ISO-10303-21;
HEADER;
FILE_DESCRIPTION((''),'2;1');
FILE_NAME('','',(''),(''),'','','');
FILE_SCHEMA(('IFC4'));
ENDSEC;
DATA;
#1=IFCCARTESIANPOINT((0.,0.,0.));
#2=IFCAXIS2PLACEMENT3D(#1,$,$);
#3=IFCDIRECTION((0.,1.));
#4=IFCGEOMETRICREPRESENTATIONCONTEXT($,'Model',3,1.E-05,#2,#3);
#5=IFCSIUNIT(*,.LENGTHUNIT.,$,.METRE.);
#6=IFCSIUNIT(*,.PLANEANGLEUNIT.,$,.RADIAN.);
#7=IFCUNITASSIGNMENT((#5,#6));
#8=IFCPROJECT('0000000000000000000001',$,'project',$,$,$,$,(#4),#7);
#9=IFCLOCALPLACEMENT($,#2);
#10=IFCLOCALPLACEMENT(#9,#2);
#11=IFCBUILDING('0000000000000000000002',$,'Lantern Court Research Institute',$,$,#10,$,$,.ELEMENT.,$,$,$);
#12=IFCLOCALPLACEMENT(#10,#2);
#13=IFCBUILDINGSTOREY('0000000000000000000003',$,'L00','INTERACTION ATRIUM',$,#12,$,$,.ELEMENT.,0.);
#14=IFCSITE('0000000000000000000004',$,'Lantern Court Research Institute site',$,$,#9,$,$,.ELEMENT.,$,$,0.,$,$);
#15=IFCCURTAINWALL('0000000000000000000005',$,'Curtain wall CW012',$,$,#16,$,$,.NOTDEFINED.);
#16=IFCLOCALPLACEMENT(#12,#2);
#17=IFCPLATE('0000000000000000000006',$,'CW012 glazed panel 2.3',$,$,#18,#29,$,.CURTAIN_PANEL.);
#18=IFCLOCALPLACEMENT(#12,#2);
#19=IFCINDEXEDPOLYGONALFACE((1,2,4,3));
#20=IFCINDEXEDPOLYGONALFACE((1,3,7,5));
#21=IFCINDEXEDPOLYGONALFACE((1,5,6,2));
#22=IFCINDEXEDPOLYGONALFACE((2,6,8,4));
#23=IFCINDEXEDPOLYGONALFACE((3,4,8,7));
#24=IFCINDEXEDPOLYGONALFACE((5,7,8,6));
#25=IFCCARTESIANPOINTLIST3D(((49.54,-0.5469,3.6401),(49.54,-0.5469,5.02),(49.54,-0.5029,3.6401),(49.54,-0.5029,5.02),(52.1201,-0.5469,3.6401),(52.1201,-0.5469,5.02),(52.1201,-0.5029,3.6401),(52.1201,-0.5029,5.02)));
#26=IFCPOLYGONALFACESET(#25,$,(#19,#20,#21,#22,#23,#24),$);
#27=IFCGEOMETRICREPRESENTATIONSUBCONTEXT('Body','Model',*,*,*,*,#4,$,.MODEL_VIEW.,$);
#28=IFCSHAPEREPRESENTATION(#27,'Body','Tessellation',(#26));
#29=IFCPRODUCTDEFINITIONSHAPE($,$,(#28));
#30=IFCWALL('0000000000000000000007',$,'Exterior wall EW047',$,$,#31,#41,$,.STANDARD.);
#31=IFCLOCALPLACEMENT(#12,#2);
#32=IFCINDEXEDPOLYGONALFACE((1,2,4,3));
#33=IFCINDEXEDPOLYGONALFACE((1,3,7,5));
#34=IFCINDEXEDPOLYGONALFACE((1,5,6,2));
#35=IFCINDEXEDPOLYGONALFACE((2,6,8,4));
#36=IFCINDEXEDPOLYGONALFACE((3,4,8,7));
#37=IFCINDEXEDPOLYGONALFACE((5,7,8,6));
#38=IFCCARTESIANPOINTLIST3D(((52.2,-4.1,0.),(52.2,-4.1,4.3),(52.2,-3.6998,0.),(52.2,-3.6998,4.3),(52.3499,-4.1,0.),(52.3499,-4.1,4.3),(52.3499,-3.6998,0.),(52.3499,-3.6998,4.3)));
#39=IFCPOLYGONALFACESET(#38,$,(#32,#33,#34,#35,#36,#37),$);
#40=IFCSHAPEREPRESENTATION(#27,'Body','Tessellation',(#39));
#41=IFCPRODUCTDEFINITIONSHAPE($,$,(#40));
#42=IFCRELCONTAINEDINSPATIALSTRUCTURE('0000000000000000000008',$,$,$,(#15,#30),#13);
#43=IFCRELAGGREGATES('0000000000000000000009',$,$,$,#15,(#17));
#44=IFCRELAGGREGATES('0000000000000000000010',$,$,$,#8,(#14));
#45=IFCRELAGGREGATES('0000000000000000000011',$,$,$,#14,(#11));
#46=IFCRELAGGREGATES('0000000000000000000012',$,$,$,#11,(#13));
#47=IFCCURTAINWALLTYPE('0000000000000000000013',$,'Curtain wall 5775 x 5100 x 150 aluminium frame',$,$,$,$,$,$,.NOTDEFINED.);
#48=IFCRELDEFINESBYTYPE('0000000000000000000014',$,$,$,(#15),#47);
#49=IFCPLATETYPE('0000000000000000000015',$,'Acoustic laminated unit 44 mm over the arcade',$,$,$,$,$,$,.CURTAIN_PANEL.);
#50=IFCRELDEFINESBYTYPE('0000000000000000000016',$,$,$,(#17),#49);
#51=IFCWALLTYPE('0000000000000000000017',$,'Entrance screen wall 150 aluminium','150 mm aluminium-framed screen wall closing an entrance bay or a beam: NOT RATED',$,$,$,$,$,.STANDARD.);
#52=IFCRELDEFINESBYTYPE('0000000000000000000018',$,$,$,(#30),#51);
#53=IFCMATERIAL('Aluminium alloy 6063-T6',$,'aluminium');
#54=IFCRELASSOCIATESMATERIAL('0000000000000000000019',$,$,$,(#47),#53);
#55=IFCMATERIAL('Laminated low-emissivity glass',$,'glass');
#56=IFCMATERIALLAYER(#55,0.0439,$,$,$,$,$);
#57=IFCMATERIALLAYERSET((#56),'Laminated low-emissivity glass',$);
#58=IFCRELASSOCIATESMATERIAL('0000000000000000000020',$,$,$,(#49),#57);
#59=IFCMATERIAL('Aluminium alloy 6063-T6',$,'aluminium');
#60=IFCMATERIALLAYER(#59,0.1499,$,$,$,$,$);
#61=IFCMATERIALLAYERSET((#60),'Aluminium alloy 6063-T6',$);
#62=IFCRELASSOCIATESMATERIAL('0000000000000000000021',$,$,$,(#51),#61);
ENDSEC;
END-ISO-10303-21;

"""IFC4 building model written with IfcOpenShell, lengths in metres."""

from ifc_helpers import new_model, si_unit, direction, frame, frame_2d, origin, origin_2d, place, context, subcontext, project, spatial, rectangle, extrude, material, layer, layer_set, type_object, element, aggregate, save


model = new_model("IFC4")

# Units and contexts
model_context = context("Model", 3, precision=1e-05, world=origin(), true_north=direction((0.0, 1.0)))
body_context = subcontext(model_context, "Body", "Model", "MODEL_VIEW")
ifc_project = project(units=[si_unit("LENGTHUNIT", "METRE"), si_unit("PLANEANGLEUNIT", "RADIAN")], contexts=[model_context])

# Site, building, storey
site_placement = place(None, origin())
site = spatial("IfcSite", under=ifc_project, at=site_placement, Name="Lantern Court Research Institute site", CompositionType="ELEMENT", RefElevation=0.0)
building_placement = place(site_placement, origin())
building = spatial("IfcBuilding", under=site, at=building_placement, Name="Lantern Court Research Institute", CompositionType="ELEMENT")
storey_placement = place(building_placement, origin())
storey = spatial("IfcBuildingStorey", under=building, at=storey_placement, Name="L00", Description="INTERACTION ATRIUM", CompositionType="ELEMENT", Elevation=0.0)

# Curtain wall, plate
ifc_material_1 = material(Name="Aluminium alloy 6063-T6", Category="aluminium")
curtain_wall_type = type_object("IfcCurtainWallType", Name="Curtain wall 5775 x 5100 x 150 aluminium frame", PredefinedType="NOTDEFINED", material=ifc_material_1)
curtain_wall_placement = place(storey_placement, origin())
curtain_wall = element("IfcCurtainWall", 1, at=curtain_wall_placement, inside=storey, type_object=curtain_wall_type, Name="Curtain wall CW012", PredefinedType="NOTDEFINED")
ifc_material_2 = material(Name="Laminated low-emissivity glass", Category="glass")
ifc_layer_1 = layer(ifc_material_2, 0.0439)
ifc_layer_set_1 = layer_set([ifc_layer_1], Name="Laminated low-emissivity glass")
plate_type = type_object("IfcPlateType", Name="Acoustic laminated unit 44 mm over the arcade", PredefinedType="CURTAIN_PANEL", material=ifc_layer_set_1)
plate_1_placement = place(storey_placement, frame((50.8301, -0.5249, 3.6401), z_axis=(0.0, 0.0, 1.0), x_axis=(-1.0, 0.0, 0.0)))
plate_1 = element("IfcPlate", 2, at=plate_1_placement, type_object=plate_type, Name="CW012 glazed panel 2.3", PredefinedType="CURTAIN_PANEL", context=body_context, shape_type="SweptSolid", body=[
    extrude(rectangle(XDim=2.5801, YDim=0.0439, at=origin_2d()), origin(), (0.0, 0.0, 1.0), 1.3799),
])
aggregate(curtain_wall, [plate_1])

# Wall
ifc_material_3 = material(Name="Aluminium alloy 6063-T6", Category="aluminium")
ifc_layer_2 = layer(ifc_material_3, 0.1499)
ifc_layer_set_2 = layer_set([ifc_layer_2], Name="Aluminium alloy 6063-T6")
wall_type = type_object("IfcWallType", Name="Entrance screen wall 150 aluminium", Description="150 mm aluminium-framed screen wall closing an entrance bay or a beam: NOT RATED", PredefinedType="STANDARD", material=ifc_layer_set_2)
wall_placement = place(storey_placement, frame((52.2749, -4.1001, 0.0), z_axis=(0.0, 0.0, 1.0), x_axis=(0.0, 1.0, 0.0)))
element("IfcWall", 3, at=wall_placement, inside=storey, type_object=wall_type, Name="Exterior wall EW047", PredefinedType="STANDARD", context=body_context, shape_type="SweptSolid", body=[
    extrude(rectangle(XDim=0.4001, YDim=0.1499, at=frame_2d((0.2002, 0.0))), origin(), (0.0, 0.0, 1.0), 4.3),
])

save(model, "model.ifc")
